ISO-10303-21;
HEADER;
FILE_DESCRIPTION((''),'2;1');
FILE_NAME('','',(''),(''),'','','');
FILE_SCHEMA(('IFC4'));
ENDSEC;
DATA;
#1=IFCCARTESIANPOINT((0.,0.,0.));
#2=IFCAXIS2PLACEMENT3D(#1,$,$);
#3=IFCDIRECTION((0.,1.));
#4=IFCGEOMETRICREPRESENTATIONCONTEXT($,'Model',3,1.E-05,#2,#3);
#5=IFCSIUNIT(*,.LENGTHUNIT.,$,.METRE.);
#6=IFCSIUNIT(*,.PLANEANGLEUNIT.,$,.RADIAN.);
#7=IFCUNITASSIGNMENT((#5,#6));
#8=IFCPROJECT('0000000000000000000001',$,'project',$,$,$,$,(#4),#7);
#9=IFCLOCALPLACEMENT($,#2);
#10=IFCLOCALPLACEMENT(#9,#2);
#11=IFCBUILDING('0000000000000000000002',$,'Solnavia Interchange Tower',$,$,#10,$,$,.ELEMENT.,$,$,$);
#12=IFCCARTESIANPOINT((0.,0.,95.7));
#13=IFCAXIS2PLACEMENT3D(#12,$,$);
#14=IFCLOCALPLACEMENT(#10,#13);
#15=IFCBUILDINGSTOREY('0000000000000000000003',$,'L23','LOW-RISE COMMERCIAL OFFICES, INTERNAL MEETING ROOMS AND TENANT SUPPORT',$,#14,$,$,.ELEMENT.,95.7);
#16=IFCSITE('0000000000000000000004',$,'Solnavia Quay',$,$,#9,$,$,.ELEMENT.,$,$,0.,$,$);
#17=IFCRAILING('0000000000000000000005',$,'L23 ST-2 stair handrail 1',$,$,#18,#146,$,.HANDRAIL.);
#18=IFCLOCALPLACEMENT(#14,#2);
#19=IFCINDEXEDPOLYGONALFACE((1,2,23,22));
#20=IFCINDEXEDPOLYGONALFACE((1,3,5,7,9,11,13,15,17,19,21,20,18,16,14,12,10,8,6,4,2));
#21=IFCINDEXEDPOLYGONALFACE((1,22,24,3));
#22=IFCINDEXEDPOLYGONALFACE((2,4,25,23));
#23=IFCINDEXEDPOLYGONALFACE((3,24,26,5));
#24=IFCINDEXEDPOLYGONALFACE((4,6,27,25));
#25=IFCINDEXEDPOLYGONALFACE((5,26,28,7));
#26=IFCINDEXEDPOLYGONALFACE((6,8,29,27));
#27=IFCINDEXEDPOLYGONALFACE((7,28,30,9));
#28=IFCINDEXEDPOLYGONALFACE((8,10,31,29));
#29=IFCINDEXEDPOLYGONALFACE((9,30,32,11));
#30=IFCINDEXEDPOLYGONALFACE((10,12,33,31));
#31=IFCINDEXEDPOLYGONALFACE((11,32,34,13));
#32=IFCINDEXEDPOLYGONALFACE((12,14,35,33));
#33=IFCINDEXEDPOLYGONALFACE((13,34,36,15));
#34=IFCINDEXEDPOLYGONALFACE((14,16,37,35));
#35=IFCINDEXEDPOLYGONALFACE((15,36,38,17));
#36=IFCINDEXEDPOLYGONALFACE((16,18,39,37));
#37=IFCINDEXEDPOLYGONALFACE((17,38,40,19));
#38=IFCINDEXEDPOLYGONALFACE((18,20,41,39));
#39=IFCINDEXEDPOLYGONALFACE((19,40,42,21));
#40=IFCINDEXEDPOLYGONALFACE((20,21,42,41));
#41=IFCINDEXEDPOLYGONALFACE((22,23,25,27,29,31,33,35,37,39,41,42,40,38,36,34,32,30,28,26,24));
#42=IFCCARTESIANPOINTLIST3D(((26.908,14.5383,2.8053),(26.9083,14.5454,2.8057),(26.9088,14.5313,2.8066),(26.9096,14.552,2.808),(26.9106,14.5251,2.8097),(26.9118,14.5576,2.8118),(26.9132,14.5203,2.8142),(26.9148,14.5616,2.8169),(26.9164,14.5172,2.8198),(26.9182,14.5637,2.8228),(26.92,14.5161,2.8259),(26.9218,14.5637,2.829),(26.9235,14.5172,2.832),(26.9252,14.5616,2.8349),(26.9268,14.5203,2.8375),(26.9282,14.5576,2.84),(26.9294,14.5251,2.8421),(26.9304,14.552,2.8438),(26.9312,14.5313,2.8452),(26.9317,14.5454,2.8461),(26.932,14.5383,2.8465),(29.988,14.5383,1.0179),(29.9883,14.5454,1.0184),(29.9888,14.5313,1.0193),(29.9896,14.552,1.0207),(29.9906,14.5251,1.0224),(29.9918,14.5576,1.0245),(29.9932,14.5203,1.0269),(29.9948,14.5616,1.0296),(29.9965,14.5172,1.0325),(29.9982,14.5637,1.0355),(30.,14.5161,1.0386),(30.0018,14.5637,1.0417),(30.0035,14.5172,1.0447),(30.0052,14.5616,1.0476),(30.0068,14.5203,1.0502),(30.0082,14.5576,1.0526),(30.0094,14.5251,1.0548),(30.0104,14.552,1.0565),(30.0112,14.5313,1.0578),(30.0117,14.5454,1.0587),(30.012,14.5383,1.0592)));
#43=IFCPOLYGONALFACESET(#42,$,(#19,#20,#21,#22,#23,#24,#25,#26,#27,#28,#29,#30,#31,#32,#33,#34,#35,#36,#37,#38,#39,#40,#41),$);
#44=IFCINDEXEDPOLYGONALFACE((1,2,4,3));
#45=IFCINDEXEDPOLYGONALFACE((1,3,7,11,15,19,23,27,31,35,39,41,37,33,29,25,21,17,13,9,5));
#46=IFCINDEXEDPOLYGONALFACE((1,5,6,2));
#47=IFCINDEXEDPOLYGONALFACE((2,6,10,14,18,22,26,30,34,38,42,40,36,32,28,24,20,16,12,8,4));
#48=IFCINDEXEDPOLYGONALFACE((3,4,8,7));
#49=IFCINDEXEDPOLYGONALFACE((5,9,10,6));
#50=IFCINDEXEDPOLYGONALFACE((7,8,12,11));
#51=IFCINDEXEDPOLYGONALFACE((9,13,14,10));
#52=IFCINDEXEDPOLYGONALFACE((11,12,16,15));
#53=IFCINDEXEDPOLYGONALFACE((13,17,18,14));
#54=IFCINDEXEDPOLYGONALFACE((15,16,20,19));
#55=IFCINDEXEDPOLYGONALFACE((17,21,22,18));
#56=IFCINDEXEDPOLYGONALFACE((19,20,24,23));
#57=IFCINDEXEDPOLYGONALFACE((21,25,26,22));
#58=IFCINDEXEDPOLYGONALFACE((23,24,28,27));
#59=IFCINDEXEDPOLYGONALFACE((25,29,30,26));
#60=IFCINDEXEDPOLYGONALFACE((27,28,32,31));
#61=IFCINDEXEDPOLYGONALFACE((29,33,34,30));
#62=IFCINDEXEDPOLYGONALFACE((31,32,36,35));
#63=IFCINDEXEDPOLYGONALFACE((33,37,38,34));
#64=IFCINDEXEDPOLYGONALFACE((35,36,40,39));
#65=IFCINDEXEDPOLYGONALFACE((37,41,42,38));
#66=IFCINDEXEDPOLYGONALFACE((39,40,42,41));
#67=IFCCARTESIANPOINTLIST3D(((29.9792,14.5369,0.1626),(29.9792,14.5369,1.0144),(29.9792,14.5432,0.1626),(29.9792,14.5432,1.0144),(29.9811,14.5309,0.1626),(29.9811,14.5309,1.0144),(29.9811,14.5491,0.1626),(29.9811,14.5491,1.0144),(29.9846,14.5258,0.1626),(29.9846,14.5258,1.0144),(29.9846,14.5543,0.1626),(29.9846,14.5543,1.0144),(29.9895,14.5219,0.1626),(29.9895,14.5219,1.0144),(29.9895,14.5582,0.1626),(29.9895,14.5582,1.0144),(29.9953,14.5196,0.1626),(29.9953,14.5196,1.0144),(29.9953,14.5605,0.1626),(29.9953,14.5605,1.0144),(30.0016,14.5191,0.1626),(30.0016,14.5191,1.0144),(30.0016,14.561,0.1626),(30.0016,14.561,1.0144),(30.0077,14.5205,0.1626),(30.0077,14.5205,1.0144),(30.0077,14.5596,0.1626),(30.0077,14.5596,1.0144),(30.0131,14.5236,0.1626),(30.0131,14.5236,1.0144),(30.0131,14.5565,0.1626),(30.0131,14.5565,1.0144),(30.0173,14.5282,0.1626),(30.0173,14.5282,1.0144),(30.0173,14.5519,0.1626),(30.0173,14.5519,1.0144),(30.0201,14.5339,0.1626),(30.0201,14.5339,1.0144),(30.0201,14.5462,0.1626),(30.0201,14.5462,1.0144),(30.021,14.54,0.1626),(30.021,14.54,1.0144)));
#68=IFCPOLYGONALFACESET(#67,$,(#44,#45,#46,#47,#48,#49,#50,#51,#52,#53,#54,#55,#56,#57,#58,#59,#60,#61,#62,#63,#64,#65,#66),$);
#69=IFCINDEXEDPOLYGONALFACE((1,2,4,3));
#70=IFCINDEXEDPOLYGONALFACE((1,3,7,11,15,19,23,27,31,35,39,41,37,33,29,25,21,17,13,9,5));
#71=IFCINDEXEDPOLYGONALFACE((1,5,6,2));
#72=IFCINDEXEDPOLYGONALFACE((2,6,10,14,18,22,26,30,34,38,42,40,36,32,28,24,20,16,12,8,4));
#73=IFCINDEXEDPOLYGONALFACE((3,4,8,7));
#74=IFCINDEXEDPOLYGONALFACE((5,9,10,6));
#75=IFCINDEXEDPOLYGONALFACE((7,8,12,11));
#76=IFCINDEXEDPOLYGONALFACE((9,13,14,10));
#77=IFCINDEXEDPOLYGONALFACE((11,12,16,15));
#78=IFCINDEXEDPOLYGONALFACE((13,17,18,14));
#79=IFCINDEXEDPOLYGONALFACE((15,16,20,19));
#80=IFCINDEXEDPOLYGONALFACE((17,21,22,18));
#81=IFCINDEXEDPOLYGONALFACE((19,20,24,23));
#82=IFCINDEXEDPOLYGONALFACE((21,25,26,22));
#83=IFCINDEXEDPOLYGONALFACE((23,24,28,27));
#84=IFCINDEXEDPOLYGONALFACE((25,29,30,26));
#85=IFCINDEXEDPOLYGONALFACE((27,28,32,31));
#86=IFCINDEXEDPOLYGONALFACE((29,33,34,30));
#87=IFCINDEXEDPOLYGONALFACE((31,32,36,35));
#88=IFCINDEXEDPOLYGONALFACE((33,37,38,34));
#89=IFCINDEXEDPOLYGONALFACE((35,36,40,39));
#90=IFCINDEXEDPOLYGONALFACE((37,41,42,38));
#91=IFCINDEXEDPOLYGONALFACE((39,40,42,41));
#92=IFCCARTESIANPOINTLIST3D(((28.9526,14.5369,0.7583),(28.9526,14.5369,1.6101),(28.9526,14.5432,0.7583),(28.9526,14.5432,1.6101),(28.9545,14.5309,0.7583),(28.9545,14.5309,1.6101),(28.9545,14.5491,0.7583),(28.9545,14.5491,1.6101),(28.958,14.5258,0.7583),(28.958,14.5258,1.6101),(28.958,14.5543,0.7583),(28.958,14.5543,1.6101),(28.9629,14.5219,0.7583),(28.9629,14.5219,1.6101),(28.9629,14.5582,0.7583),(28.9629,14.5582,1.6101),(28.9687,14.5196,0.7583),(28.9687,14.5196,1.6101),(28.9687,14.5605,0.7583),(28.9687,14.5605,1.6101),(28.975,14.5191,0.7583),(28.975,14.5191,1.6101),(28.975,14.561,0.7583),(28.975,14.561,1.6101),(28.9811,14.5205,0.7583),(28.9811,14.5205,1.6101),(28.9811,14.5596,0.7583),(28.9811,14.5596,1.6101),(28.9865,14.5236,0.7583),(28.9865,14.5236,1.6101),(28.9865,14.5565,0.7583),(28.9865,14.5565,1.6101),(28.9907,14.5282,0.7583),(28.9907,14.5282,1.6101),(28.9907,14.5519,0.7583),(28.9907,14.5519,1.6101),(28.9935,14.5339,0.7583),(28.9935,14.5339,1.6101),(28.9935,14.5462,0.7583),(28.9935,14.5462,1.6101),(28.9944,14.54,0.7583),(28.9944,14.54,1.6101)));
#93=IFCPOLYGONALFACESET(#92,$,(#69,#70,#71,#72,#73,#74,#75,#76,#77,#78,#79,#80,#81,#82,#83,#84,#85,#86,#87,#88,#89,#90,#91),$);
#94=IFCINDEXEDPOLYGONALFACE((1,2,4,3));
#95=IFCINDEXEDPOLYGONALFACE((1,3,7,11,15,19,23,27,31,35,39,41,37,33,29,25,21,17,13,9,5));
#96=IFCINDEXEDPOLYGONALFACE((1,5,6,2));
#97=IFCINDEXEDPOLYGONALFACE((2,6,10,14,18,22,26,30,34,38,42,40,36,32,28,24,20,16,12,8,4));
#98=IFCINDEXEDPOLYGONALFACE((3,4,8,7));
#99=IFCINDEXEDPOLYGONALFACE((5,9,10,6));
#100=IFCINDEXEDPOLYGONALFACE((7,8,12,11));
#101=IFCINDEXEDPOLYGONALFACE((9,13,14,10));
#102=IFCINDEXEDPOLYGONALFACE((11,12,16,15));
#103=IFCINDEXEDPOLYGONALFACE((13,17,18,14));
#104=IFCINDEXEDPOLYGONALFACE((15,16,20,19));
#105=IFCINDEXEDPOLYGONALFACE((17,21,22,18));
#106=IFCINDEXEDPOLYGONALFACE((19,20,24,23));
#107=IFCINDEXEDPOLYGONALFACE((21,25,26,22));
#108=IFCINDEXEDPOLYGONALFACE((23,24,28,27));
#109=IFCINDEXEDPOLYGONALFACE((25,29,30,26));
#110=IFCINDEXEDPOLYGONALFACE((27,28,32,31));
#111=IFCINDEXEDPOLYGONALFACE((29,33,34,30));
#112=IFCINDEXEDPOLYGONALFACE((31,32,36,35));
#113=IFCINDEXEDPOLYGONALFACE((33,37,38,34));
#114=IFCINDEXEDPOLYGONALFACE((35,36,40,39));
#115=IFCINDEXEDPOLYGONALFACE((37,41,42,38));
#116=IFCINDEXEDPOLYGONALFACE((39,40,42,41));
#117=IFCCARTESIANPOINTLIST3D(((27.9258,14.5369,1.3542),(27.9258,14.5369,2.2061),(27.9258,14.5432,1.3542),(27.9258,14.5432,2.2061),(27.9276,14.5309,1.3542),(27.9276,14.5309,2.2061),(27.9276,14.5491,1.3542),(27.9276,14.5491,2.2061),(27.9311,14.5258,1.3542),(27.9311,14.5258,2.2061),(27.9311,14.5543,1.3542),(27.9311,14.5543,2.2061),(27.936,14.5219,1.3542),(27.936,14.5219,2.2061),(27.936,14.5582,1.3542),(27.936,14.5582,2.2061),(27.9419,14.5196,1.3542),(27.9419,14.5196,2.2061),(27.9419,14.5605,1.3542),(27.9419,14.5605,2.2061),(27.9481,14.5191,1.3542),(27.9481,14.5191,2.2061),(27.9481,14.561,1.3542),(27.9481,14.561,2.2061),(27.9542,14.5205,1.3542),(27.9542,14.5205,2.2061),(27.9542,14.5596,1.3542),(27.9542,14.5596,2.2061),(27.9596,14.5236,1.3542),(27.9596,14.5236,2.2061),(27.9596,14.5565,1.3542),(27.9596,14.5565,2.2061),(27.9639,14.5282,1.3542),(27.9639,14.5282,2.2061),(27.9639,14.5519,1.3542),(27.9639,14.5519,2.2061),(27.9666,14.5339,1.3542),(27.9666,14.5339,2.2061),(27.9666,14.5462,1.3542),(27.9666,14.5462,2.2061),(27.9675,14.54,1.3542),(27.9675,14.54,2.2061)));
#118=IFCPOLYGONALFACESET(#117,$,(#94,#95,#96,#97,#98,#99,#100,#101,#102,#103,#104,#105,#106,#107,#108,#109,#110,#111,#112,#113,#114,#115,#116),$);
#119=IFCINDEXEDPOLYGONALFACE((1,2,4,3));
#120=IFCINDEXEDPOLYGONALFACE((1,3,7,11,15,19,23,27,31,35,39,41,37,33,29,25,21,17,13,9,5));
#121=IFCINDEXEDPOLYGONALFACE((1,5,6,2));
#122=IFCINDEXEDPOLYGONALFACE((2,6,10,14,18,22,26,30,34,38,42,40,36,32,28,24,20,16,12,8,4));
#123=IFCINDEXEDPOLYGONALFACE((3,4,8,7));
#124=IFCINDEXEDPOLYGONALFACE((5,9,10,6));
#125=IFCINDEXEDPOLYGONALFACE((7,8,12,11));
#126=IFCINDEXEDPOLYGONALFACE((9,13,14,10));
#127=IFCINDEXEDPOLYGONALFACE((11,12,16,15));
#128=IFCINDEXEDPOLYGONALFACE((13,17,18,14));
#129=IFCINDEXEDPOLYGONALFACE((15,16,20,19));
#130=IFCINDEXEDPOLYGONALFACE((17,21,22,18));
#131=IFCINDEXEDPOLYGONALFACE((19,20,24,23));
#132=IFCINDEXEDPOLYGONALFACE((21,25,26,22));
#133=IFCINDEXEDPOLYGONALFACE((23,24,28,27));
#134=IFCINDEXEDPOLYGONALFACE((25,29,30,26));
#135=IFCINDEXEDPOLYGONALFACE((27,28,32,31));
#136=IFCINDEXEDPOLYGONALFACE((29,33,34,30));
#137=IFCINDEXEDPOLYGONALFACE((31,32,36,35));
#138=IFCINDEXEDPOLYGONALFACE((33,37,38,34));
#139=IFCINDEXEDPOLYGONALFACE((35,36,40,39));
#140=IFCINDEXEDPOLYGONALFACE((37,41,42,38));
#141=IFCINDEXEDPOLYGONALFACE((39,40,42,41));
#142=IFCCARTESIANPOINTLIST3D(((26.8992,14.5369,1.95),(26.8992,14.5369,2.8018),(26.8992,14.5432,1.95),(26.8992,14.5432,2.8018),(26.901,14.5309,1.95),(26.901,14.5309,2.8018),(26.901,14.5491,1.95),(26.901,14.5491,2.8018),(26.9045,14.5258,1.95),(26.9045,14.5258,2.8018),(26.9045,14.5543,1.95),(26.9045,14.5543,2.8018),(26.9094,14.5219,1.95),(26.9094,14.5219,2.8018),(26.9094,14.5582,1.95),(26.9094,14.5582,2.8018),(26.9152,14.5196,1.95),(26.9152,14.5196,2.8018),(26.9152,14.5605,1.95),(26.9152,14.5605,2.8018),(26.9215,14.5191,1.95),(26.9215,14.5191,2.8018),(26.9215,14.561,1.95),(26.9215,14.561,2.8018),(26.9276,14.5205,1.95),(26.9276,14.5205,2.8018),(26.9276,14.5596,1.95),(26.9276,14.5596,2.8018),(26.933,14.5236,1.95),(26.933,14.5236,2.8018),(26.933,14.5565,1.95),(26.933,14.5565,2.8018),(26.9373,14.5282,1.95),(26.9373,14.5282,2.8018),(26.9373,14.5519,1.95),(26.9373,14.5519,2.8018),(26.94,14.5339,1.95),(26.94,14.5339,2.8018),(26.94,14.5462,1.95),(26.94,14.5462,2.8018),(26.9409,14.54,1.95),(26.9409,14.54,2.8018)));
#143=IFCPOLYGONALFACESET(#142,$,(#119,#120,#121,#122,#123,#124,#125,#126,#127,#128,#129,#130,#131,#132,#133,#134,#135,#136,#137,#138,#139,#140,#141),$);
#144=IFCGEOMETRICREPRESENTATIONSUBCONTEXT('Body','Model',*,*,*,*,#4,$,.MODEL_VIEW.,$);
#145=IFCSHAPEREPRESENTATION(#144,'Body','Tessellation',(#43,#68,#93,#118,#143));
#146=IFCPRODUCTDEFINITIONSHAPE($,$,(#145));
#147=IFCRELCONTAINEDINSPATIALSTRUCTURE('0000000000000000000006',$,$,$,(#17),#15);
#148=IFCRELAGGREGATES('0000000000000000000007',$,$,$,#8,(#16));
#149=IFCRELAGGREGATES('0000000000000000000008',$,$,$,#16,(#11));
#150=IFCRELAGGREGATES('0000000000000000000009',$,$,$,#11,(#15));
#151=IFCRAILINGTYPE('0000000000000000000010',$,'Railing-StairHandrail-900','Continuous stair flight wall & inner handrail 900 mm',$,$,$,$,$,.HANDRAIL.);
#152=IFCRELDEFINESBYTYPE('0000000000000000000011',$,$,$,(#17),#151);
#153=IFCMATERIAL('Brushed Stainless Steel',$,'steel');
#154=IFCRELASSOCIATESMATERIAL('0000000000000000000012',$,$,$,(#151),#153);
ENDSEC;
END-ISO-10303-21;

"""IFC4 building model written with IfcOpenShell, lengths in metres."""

from ifc_helpers import new_model, si_unit, direction, frame, origin, origin_2d, place, context, subcontext, project, spatial, circle, extrude, material, type_object, element, save


model = new_model("IFC4")

# Units and contexts
model_context = context("Model", 3, precision=1e-05, world=origin(), true_north=direction((0.0, 1.0)))
body_context = subcontext(model_context, "Body", "Model", "MODEL_VIEW")
ifc_project = project(units=[si_unit("LENGTHUNIT", "METRE"), si_unit("PLANEANGLEUNIT", "RADIAN")], contexts=[model_context])

# Site, building, storey
site_placement = place(None, origin())
site = spatial("IfcSite", under=ifc_project, at=site_placement, Name="Solnavia Quay", CompositionType="ELEMENT", RefElevation=0.0)
building_placement = place(site_placement, origin())
building = spatial("IfcBuilding", under=site, at=building_placement, Name="Solnavia Interchange Tower", CompositionType="ELEMENT")
storey_placement = place(building_placement, frame((0.0, 0.0, 95.7)))
storey = spatial("IfcBuildingStorey", under=building, at=storey_placement, Name="L23", Description="LOW-RISE COMMERCIAL OFFICES, INTERNAL MEETING ROOMS AND TENANT SUPPORT", CompositionType="ELEMENT", Elevation=95.7)

# Railing
ifc_material_1 = material(Name="Brushed Stainless Steel", Category="steel")
railing_type_1 = type_object("IfcRailingType", Name="Railing-StairHandrail-900", Description="Continuous stair flight wall & inner handrail 900 mm", PredefinedType="HANDRAIL", material=ifc_material_1)
railing_1_placement = place(storey_placement, frame((30.0, 14.54, 0.1626)))
element("IfcRailing", 1, at=railing_1_placement, inside=storey, type_object=railing_type_1, Name="L23 ST-2 stair handrail 1", PredefinedType="HANDRAIL", context=body_context, shape_type="SweptSolid", body=[
    extrude(circle(Radius=0.0239, at=origin_2d()), frame((0.0, 0.0, 0.876), z_axis=(-0.86492, 0.0, 0.501909), x_axis=(0.0, -1.0, 0.0)), (0.0, 0.0, 1.0), 3.561),
    extrude(circle(Radius=0.021, at=origin_2d()), origin(), (0.0, 0.0, 1.0), 0.8518),
    extrude(circle(Radius=0.021, at=origin_2d()), frame((-1.0266, 0.0, 0.5957)), (0.0, 0.0, 1.0), 0.8518),
    extrude(circle(Radius=0.021, at=origin_2d()), frame((-2.0535, 0.0, 1.1917)), (0.0, 0.0, 1.0), 0.8518),
    extrude(circle(Radius=0.021, at=origin_2d()), frame((-3.0801, 0.0, 1.7874)), (0.0, 0.0, 1.0), 0.8518),
])

save(model, "model.ifc")
